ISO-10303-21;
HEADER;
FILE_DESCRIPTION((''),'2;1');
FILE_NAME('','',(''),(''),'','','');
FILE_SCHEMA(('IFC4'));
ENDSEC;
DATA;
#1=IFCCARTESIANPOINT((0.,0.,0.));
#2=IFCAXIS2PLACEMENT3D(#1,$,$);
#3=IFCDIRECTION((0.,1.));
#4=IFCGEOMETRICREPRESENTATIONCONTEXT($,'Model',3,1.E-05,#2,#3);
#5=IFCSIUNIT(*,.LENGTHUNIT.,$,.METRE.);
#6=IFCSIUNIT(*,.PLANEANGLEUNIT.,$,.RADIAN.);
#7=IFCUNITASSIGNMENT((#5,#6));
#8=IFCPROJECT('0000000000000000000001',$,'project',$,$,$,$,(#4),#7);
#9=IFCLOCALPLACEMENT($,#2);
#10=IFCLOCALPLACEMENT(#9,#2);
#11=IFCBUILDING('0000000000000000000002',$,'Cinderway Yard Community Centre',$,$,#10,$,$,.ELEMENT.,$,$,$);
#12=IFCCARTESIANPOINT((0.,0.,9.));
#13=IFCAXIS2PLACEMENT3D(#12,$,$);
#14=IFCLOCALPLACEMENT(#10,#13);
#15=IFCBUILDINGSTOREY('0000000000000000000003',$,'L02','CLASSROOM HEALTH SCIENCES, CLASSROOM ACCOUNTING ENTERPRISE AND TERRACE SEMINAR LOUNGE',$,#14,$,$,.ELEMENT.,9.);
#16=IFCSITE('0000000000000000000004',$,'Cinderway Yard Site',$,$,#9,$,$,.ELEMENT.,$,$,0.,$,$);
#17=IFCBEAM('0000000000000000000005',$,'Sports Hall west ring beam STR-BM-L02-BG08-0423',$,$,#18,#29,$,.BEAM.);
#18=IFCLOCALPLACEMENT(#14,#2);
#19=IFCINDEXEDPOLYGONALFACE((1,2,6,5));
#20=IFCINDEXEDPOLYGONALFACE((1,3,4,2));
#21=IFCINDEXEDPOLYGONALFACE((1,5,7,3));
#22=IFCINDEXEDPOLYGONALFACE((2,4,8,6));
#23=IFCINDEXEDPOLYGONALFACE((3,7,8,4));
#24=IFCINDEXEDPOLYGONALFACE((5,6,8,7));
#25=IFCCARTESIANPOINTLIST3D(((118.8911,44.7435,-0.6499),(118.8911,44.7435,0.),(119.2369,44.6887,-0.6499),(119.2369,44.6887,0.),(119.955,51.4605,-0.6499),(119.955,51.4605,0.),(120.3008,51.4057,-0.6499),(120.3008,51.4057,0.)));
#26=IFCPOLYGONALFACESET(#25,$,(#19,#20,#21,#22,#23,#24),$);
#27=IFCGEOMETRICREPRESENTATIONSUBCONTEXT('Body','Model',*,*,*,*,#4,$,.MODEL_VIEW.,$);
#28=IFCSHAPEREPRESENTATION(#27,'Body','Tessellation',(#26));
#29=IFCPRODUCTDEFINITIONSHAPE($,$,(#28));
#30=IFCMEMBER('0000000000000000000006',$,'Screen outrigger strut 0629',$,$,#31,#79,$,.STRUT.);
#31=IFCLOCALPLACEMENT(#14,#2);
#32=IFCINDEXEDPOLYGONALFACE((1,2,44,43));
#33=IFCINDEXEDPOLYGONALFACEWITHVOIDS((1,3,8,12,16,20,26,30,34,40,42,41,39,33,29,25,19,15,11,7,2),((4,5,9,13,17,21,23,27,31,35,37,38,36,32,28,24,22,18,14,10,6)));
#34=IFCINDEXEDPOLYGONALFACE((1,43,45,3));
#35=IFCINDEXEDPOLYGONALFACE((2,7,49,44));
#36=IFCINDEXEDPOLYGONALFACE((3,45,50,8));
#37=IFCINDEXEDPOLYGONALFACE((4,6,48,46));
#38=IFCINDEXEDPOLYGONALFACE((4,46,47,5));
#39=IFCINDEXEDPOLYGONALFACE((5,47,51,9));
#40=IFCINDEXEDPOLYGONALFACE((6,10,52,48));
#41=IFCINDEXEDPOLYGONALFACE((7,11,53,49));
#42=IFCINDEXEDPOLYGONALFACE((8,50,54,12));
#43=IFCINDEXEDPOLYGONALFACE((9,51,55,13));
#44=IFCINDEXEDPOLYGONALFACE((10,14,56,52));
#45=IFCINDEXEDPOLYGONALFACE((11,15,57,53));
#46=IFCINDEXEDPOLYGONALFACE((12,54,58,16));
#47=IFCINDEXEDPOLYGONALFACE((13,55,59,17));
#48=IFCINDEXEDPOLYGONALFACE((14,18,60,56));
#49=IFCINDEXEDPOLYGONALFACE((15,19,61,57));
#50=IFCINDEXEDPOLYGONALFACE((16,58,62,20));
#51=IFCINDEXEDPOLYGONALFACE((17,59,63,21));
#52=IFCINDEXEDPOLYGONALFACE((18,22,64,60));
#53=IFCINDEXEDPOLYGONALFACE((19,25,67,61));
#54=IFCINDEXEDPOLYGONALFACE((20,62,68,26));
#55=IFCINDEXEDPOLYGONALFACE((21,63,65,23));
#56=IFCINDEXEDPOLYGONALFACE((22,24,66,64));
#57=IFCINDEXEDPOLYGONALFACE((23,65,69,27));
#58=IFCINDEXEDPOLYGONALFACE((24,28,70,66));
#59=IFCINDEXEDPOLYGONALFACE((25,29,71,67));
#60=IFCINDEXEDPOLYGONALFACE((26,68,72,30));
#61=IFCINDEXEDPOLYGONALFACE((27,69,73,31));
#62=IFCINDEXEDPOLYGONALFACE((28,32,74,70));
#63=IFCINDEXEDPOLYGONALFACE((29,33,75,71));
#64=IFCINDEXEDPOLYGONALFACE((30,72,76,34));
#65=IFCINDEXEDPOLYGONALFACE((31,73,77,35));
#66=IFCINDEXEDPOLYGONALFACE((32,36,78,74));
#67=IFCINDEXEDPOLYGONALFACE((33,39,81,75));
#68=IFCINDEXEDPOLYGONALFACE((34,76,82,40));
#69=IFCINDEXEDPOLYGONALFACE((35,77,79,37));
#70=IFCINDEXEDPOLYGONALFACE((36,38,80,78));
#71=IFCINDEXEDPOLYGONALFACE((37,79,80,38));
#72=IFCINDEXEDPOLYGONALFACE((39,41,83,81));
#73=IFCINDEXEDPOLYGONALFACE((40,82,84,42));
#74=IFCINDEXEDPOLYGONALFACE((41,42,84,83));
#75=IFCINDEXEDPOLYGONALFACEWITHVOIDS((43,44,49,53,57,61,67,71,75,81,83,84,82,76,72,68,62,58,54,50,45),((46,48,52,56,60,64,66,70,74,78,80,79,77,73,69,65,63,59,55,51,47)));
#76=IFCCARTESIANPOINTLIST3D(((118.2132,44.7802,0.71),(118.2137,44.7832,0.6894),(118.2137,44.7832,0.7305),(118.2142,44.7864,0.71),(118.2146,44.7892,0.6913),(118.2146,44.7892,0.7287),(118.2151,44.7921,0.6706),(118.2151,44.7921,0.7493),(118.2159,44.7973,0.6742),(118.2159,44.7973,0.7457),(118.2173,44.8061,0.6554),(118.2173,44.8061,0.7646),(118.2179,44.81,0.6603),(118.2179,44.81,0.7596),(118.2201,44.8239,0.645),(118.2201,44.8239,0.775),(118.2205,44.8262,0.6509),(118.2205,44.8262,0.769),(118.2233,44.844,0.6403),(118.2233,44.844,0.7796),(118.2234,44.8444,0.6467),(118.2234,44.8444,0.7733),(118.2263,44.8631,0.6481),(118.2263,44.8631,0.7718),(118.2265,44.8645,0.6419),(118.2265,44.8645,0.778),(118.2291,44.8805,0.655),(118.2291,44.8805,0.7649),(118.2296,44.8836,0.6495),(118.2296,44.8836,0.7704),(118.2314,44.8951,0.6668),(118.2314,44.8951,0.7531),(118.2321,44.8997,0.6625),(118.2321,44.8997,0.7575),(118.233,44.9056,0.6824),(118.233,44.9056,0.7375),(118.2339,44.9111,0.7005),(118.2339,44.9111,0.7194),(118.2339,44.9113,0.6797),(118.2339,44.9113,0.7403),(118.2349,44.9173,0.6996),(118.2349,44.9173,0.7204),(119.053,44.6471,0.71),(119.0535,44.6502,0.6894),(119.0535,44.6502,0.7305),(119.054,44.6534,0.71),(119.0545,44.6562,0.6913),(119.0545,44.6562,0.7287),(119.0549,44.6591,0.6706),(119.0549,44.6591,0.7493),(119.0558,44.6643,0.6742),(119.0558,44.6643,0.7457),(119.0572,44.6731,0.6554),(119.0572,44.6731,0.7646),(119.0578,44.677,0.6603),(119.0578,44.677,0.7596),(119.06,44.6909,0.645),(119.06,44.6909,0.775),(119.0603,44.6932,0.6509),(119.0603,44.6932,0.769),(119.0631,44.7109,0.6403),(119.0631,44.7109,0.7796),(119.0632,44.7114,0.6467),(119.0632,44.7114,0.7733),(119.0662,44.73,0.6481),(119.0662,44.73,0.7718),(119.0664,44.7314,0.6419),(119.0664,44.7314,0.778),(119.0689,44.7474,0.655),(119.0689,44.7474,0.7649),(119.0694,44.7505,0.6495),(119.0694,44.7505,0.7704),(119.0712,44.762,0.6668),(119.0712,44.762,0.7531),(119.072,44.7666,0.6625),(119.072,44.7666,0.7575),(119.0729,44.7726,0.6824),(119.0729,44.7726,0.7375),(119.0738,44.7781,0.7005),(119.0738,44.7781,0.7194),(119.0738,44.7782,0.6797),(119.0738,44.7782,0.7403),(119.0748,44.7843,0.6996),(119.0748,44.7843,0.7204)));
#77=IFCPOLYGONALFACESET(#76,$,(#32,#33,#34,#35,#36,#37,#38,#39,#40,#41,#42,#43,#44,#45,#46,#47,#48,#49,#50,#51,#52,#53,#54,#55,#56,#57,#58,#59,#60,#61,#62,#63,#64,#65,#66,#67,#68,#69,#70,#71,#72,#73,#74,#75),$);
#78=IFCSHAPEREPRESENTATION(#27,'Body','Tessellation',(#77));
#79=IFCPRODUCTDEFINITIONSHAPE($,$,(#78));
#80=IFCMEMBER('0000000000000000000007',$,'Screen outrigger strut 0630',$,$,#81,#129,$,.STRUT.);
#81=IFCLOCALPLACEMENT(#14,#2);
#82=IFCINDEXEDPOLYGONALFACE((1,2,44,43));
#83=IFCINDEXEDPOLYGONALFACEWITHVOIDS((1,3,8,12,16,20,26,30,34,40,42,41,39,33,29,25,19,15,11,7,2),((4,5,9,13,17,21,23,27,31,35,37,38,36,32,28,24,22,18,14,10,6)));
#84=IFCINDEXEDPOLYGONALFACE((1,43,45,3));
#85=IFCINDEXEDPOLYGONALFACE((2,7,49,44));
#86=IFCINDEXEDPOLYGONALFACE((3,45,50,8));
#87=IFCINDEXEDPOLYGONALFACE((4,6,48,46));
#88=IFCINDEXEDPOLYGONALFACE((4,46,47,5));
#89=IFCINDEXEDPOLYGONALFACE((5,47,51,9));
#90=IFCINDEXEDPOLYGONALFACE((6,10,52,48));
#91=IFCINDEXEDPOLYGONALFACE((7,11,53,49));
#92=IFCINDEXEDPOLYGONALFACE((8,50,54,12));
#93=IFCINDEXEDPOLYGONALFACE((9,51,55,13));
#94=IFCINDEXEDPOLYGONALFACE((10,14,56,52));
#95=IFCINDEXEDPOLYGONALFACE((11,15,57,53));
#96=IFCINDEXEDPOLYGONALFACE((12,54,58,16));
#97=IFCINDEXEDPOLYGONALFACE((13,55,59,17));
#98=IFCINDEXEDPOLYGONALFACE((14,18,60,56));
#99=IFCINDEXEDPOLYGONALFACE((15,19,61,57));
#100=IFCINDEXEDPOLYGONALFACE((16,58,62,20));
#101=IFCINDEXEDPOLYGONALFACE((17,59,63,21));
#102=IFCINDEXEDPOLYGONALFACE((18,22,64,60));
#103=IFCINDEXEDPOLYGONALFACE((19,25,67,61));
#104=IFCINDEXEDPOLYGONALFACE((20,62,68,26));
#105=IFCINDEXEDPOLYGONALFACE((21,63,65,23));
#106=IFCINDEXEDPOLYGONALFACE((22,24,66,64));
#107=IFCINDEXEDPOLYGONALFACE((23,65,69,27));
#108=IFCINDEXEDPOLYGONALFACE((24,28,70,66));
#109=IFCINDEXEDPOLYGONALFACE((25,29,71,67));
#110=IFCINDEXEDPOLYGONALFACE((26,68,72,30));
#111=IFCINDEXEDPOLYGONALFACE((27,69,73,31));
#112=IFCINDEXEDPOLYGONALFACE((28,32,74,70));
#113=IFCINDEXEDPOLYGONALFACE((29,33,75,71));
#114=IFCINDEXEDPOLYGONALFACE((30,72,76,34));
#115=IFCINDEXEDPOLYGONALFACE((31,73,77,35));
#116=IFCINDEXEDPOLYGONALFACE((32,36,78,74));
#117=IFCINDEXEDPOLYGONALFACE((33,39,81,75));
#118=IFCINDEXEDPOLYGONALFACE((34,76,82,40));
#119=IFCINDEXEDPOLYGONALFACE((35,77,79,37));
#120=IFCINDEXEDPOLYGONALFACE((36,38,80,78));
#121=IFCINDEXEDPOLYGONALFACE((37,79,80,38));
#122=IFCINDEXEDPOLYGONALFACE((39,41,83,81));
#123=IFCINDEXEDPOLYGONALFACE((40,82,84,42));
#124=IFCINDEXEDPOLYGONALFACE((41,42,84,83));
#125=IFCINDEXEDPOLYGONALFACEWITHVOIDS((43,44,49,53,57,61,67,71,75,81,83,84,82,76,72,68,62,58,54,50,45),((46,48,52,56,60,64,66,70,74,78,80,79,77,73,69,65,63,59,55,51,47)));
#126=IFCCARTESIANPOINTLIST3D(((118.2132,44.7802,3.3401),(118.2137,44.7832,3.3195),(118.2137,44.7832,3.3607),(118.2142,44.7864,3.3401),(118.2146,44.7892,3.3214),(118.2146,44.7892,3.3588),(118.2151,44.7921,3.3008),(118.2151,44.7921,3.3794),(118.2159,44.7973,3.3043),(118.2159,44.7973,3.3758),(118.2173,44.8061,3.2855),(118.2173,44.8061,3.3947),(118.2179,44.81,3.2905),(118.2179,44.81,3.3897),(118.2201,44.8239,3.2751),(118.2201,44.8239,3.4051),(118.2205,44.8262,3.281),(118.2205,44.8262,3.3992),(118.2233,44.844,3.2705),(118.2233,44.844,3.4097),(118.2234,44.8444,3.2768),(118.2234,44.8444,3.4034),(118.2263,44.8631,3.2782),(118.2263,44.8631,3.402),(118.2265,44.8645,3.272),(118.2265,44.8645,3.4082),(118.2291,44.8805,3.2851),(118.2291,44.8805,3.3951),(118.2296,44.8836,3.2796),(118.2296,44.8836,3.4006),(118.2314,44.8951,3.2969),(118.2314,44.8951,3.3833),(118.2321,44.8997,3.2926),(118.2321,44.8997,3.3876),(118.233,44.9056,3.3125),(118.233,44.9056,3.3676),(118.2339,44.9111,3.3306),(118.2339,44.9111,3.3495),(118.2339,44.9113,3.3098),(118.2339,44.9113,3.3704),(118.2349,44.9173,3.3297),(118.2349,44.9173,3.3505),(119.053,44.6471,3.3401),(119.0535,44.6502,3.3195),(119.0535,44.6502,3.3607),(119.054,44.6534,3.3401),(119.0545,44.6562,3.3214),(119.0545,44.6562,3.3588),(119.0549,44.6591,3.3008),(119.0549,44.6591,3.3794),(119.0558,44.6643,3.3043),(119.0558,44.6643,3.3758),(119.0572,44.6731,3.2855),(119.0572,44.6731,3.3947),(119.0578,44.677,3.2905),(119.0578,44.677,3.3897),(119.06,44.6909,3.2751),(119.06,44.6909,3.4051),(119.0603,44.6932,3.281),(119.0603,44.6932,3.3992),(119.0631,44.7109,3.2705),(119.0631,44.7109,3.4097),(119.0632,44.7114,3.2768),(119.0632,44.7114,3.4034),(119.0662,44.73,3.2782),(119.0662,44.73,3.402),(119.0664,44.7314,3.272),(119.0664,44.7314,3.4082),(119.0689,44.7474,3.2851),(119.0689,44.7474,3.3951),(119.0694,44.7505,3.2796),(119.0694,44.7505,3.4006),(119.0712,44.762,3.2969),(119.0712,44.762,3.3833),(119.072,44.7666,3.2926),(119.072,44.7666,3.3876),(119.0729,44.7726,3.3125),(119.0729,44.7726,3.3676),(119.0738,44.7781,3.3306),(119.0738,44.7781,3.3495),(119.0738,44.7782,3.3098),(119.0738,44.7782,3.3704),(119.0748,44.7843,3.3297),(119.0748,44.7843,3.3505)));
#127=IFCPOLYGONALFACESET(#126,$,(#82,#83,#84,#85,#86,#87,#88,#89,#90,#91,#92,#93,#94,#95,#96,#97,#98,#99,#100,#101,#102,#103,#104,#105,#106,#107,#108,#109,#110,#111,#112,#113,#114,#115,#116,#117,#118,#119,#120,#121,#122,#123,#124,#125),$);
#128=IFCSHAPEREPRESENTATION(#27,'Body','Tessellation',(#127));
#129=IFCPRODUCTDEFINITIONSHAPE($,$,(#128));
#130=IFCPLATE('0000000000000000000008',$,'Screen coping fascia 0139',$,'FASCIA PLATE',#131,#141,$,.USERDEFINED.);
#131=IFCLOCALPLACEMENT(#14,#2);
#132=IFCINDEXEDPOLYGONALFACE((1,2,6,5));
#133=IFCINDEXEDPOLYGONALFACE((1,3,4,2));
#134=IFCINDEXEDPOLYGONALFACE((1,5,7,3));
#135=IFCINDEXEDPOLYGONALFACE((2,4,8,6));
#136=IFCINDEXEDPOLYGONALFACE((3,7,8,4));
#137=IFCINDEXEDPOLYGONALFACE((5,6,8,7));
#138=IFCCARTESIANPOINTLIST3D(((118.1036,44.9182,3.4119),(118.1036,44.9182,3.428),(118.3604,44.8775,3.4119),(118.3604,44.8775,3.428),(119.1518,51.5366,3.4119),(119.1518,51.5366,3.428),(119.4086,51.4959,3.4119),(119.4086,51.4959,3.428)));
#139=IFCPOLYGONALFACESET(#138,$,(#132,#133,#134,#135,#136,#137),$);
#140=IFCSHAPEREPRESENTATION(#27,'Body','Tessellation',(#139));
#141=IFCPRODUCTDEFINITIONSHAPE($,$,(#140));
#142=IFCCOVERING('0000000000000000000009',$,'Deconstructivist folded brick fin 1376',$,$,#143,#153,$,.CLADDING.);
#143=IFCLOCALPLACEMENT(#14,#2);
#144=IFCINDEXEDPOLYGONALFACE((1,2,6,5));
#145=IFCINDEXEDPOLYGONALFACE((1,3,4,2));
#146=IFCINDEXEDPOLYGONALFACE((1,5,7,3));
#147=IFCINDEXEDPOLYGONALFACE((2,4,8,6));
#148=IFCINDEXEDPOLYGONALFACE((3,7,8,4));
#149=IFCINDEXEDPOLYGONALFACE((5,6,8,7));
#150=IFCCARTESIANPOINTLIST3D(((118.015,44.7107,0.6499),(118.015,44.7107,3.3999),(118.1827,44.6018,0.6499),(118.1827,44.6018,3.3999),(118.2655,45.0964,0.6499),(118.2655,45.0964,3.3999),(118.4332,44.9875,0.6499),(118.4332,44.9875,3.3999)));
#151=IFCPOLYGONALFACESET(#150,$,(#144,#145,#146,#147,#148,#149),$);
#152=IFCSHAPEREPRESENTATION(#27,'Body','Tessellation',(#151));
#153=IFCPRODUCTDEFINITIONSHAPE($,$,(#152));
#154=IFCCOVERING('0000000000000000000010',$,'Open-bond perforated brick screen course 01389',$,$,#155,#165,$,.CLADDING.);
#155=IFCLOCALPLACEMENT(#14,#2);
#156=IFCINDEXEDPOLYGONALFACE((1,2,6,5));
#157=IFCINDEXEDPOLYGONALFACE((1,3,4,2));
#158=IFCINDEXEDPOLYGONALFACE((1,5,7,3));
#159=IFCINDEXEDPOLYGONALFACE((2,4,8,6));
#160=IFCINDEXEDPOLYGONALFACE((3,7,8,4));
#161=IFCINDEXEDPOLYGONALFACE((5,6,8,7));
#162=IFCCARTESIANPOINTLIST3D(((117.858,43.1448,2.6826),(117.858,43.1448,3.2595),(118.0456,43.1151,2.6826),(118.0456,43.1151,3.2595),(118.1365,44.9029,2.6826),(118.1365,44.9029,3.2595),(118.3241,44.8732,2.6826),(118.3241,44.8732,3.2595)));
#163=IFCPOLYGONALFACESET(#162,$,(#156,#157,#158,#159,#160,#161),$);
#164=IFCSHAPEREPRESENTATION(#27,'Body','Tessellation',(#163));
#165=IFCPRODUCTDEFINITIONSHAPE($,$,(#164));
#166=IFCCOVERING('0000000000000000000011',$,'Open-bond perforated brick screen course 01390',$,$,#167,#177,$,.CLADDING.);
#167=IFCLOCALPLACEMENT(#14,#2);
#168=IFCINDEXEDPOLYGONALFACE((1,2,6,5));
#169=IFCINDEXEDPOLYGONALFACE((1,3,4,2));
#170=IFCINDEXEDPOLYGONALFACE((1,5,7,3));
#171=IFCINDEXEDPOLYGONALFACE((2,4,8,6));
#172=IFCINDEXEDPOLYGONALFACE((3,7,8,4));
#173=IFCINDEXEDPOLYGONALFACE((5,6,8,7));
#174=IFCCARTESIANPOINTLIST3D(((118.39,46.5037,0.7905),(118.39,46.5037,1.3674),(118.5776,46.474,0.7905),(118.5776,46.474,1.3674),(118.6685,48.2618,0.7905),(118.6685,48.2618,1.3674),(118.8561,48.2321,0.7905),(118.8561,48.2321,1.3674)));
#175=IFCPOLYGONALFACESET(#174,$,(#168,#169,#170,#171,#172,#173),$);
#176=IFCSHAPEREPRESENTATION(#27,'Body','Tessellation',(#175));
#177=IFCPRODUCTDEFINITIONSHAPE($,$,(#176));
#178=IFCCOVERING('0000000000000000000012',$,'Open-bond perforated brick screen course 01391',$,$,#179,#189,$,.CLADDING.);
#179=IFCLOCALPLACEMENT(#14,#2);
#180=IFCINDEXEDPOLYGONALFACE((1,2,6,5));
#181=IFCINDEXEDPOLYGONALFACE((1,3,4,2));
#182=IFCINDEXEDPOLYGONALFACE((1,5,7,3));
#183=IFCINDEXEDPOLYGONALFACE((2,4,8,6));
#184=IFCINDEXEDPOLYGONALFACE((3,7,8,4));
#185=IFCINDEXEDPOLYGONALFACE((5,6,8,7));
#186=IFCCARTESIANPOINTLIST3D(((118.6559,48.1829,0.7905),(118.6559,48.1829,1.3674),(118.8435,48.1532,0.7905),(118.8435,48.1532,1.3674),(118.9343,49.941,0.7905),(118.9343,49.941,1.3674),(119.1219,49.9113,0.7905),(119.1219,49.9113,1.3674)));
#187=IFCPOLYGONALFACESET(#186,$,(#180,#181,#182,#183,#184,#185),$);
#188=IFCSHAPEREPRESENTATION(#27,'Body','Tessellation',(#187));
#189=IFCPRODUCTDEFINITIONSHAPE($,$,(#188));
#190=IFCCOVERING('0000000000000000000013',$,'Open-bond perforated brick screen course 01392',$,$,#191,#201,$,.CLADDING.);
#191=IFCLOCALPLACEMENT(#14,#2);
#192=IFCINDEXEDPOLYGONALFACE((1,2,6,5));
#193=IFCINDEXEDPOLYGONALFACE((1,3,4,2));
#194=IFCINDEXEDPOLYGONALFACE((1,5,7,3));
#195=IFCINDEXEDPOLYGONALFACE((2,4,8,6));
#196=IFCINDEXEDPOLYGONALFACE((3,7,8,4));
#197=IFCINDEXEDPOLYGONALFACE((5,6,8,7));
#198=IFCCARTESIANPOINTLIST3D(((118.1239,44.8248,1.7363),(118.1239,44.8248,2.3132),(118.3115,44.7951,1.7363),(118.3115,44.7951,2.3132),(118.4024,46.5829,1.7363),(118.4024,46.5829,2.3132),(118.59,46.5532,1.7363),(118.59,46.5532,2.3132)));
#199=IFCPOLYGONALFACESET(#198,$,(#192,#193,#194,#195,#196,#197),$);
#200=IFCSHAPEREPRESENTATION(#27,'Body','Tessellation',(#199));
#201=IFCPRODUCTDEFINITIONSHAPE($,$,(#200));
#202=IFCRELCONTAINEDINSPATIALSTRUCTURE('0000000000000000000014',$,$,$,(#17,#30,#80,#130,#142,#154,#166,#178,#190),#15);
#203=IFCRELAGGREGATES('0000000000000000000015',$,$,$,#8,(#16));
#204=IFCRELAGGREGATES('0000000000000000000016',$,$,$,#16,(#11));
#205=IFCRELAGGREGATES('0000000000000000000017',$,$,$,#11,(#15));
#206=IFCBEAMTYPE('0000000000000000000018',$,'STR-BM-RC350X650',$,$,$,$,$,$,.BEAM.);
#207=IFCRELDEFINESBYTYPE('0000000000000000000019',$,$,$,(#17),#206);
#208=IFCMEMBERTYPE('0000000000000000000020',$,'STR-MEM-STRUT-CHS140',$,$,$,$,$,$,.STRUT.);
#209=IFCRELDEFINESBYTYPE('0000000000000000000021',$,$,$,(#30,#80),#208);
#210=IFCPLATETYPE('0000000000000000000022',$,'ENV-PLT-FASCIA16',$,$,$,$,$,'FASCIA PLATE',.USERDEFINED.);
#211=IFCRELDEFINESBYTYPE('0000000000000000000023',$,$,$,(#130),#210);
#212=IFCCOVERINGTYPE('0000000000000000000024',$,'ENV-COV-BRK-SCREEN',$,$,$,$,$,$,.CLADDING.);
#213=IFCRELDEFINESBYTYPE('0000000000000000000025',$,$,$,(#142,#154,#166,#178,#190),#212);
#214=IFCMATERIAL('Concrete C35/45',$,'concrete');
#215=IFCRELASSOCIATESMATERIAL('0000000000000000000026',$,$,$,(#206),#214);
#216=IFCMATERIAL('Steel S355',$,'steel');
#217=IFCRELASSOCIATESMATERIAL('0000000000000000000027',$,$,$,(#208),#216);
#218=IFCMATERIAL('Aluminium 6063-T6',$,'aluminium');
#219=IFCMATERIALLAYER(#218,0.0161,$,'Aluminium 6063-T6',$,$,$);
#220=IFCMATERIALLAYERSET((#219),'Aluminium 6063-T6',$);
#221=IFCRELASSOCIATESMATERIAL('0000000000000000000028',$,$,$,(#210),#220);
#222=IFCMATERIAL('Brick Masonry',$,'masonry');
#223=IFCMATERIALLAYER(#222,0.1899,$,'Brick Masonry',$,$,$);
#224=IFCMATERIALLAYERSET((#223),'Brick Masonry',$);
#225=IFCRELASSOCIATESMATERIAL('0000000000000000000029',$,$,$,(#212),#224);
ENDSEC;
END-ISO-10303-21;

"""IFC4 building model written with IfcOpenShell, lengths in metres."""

from ifc_helpers import new_model, si_unit, direction, frame, origin, origin_2d, place, context, subcontext, project, spatial, rectangle, hollow_circle, extrude, material, layer, layer_set, material_profile, profile_set, type_object, element, save


model = new_model("IFC4")

# Units and contexts
model_context = context("Model", 3, precision=1e-05, world=origin(), true_north=direction((0.0, 1.0)))
body_context = subcontext(model_context, "Body", "Model", "MODEL_VIEW")
ifc_project = project(units=[si_unit("LENGTHUNIT", "METRE"), si_unit("PLANEANGLEUNIT", "RADIAN")], contexts=[model_context])

# Site, building, storey
site_placement = place(None, origin())
site = spatial("IfcSite", under=ifc_project, at=site_placement, Name="Cinderway Yard Site", CompositionType="ELEMENT", RefElevation=0.0)
building_placement = place(site_placement, origin())
building = spatial("IfcBuilding", under=site, at=building_placement, Name="Cinderway Yard Community Centre", CompositionType="ELEMENT")
storey_placement = place(building_placement, frame((0.0, 0.0, 9.0)))
storey = spatial("IfcBuildingStorey", under=building, at=storey_placement, Name="L02", Description="CLASSROOM HEALTH SCIENCES, CLASSROOM ACCOUNTING ENTERPRISE AND TERRACE SEMINAR LOUNGE", CompositionType="ELEMENT", Elevation=9.0)

# Shared definitions
ifc_material_1 = material(Name="Aluminium 6063-T6", Category="aluminium")

# Shared definitions
ifc_material_2 = material(Name="Steel S355", Category="steel")

# Beam
ifc_material_3 = material(Name="Concrete C35/45", Category="concrete")
ifc_material_profile_1 = material_profile(ifc_material_3, rectangle(XDim=0.3501, YDim=0.6499, at=origin_2d()), Name="Concrete C35/45")
ifc_profile_set_1 = profile_set([ifc_material_profile_1], Name="Concrete C35/45")
beam_type = type_object("IfcBeamType", Name="STR-BM-RC350X650", PredefinedType="BEAM", material=ifc_profile_set_1)
beam_placement = place(storey_placement, frame((119.064, 44.7161, -0.325), z_axis=(0.156447, 0.987686, 0.0), x_axis=(-0.987686, 0.156447, 0.0)))
element("IfcBeam", 1, at=beam_placement, inside=storey, type_object=beam_type, Name="Sports Hall west ring beam STR-BM-L02-BG08-0423", PredefinedType="BEAM", context=body_context, shape_type="SweptSolid", body=[
    extrude(rectangle(XDim=0.3501, YDim=0.6499, at=origin_2d()), origin(), (0.0, 0.0, 1.0), 6.8008),
])

# Members
ifc_material_profile_2 = material_profile(ifc_material_2, hollow_circle(Radius=0.0698, WallThickness=0.0063, at=origin_2d()), Name="Steel S355")
ifc_profile_set_2 = profile_set([ifc_material_profile_2], Name="Steel S355")
member_type_1 = type_object("IfcMemberType", Name="STR-MEM-STRUT-CHS140", PredefinedType="STRUT", material=ifc_profile_set_2)
for number, where, z_axis, x_axis, name in (
    (2, (119.064, 44.7161, 0.71), (-0.987681, 0.156479, 0.0), (-0.156479, -0.987681, 0.0), "Screen outrigger strut 0629"),
    (3, (119.064, 44.7161, 3.3401), (-0.987681, 0.156479, 0.0), (-0.156479, -0.987681, 0.0), "Screen outrigger strut 0630"),
):
    element("IfcMember", number, at=place(storey_placement, frame(where, z_axis=z_axis, x_axis=x_axis)), inside=storey, type_object=member_type_1, Name=name, PredefinedType="STRUT", context=body_context, shape_type="SweptSolid", body=[
        extrude(hollow_circle(Radius=0.0698, WallThickness=0.0063, at=origin_2d()), origin(), (0.0, 0.0, 1.0), 0.8503),
    ])

# Plate
ifc_layer_1 = layer(ifc_material_1, 0.0161, Name="Aluminium 6063-T6")
ifc_layer_set_1 = layer_set([ifc_layer_1], Name="Aluminium 6063-T6")
plate_type = type_object("IfcPlateType", Name="ENV-PLT-FASCIA16", ElementType="FASCIA PLATE", PredefinedType="USERDEFINED", material=ifc_layer_set_1)
plate_placement = place(storey_placement, frame((118.7561, 48.207, 3.4119), z_axis=(0.0, 0.0, 1.0), x_axis=(0.156434, 0.987688, 0.0)))
element("IfcPlate", 4, at=plate_placement, inside=storey, type_object=plate_type, Name="Screen coping fascia 0139", ObjectType="FASCIA PLATE", PredefinedType="USERDEFINED", context=body_context, shape_type="SweptSolid", body=[
    extrude(rectangle(XDim=6.7009, YDim=0.26, at=origin_2d()), origin(), (0.0, 0.0, 1.0), 0.0161),
])

# Coverings
ifc_material_4 = material(Name="Brick Masonry", Category="masonry")
ifc_layer_2 = layer(ifc_material_4, 0.1899, Name="Brick Masonry")
ifc_layer_set_2 = layer_set([ifc_layer_2], Name="Brick Masonry")
covering_type = type_object("IfcCoveringType", Name="ENV-COV-BRK-SCREEN", PredefinedType="CLADDING", material=ifc_layer_set_2)
covering_placement = place(storey_placement, frame((118.2241, 44.8491, 0.6499), z_axis=(0.0, 0.0, 1.0), x_axis=(0.544639, 0.838671, 0.0)))
element("IfcCovering", 5, at=covering_placement, inside=storey, type_object=covering_type, Name="Deconstructivist folded brick fin 1376", PredefinedType="CLADDING", context=body_context, shape_type="SweptSolid", body=[
    extrude(rectangle(XDim=0.46, YDim=0.2, at=origin_2d()), origin(), (0.0, 0.0, 1.0), 2.75),
])
for number, where, z_axis, x_axis, name in (
    (6, (118.0911, 44.009, 2.6826), (0.0, 0.0, 1.0), (0.156434, 0.987688, 0.0), "Open-bond perforated brick screen course 01389"),
    (7, (118.623, 47.3679, 0.7905), (0.0, 0.0, 1.0), (0.156434, 0.987688, 0.0), "Open-bond perforated brick screen course 01390"),
    (8, (118.8889, 49.0471, 0.7905), (0.0, 0.0, 1.0), (0.156434, 0.987688, 0.0), "Open-bond perforated brick screen course 01391"),
    (9, (118.3569, 45.689, 1.7363), (0.0, 0.0, 1.0), (0.156434, 0.987688, 0.0), "Open-bond perforated brick screen course 01392"),
):
    element("IfcCovering", number, at=place(storey_placement, frame(where, z_axis=z_axis, x_axis=x_axis)), inside=storey, type_object=covering_type, Name=name, PredefinedType="CLADDING", context=body_context, shape_type="SweptSolid", body=[
        extrude(rectangle(XDim=1.78, YDim=0.1899, at=origin_2d()), origin(), (0.0, 0.0, 1.0), 0.5769),
    ])

save(model, "model.ifc")
